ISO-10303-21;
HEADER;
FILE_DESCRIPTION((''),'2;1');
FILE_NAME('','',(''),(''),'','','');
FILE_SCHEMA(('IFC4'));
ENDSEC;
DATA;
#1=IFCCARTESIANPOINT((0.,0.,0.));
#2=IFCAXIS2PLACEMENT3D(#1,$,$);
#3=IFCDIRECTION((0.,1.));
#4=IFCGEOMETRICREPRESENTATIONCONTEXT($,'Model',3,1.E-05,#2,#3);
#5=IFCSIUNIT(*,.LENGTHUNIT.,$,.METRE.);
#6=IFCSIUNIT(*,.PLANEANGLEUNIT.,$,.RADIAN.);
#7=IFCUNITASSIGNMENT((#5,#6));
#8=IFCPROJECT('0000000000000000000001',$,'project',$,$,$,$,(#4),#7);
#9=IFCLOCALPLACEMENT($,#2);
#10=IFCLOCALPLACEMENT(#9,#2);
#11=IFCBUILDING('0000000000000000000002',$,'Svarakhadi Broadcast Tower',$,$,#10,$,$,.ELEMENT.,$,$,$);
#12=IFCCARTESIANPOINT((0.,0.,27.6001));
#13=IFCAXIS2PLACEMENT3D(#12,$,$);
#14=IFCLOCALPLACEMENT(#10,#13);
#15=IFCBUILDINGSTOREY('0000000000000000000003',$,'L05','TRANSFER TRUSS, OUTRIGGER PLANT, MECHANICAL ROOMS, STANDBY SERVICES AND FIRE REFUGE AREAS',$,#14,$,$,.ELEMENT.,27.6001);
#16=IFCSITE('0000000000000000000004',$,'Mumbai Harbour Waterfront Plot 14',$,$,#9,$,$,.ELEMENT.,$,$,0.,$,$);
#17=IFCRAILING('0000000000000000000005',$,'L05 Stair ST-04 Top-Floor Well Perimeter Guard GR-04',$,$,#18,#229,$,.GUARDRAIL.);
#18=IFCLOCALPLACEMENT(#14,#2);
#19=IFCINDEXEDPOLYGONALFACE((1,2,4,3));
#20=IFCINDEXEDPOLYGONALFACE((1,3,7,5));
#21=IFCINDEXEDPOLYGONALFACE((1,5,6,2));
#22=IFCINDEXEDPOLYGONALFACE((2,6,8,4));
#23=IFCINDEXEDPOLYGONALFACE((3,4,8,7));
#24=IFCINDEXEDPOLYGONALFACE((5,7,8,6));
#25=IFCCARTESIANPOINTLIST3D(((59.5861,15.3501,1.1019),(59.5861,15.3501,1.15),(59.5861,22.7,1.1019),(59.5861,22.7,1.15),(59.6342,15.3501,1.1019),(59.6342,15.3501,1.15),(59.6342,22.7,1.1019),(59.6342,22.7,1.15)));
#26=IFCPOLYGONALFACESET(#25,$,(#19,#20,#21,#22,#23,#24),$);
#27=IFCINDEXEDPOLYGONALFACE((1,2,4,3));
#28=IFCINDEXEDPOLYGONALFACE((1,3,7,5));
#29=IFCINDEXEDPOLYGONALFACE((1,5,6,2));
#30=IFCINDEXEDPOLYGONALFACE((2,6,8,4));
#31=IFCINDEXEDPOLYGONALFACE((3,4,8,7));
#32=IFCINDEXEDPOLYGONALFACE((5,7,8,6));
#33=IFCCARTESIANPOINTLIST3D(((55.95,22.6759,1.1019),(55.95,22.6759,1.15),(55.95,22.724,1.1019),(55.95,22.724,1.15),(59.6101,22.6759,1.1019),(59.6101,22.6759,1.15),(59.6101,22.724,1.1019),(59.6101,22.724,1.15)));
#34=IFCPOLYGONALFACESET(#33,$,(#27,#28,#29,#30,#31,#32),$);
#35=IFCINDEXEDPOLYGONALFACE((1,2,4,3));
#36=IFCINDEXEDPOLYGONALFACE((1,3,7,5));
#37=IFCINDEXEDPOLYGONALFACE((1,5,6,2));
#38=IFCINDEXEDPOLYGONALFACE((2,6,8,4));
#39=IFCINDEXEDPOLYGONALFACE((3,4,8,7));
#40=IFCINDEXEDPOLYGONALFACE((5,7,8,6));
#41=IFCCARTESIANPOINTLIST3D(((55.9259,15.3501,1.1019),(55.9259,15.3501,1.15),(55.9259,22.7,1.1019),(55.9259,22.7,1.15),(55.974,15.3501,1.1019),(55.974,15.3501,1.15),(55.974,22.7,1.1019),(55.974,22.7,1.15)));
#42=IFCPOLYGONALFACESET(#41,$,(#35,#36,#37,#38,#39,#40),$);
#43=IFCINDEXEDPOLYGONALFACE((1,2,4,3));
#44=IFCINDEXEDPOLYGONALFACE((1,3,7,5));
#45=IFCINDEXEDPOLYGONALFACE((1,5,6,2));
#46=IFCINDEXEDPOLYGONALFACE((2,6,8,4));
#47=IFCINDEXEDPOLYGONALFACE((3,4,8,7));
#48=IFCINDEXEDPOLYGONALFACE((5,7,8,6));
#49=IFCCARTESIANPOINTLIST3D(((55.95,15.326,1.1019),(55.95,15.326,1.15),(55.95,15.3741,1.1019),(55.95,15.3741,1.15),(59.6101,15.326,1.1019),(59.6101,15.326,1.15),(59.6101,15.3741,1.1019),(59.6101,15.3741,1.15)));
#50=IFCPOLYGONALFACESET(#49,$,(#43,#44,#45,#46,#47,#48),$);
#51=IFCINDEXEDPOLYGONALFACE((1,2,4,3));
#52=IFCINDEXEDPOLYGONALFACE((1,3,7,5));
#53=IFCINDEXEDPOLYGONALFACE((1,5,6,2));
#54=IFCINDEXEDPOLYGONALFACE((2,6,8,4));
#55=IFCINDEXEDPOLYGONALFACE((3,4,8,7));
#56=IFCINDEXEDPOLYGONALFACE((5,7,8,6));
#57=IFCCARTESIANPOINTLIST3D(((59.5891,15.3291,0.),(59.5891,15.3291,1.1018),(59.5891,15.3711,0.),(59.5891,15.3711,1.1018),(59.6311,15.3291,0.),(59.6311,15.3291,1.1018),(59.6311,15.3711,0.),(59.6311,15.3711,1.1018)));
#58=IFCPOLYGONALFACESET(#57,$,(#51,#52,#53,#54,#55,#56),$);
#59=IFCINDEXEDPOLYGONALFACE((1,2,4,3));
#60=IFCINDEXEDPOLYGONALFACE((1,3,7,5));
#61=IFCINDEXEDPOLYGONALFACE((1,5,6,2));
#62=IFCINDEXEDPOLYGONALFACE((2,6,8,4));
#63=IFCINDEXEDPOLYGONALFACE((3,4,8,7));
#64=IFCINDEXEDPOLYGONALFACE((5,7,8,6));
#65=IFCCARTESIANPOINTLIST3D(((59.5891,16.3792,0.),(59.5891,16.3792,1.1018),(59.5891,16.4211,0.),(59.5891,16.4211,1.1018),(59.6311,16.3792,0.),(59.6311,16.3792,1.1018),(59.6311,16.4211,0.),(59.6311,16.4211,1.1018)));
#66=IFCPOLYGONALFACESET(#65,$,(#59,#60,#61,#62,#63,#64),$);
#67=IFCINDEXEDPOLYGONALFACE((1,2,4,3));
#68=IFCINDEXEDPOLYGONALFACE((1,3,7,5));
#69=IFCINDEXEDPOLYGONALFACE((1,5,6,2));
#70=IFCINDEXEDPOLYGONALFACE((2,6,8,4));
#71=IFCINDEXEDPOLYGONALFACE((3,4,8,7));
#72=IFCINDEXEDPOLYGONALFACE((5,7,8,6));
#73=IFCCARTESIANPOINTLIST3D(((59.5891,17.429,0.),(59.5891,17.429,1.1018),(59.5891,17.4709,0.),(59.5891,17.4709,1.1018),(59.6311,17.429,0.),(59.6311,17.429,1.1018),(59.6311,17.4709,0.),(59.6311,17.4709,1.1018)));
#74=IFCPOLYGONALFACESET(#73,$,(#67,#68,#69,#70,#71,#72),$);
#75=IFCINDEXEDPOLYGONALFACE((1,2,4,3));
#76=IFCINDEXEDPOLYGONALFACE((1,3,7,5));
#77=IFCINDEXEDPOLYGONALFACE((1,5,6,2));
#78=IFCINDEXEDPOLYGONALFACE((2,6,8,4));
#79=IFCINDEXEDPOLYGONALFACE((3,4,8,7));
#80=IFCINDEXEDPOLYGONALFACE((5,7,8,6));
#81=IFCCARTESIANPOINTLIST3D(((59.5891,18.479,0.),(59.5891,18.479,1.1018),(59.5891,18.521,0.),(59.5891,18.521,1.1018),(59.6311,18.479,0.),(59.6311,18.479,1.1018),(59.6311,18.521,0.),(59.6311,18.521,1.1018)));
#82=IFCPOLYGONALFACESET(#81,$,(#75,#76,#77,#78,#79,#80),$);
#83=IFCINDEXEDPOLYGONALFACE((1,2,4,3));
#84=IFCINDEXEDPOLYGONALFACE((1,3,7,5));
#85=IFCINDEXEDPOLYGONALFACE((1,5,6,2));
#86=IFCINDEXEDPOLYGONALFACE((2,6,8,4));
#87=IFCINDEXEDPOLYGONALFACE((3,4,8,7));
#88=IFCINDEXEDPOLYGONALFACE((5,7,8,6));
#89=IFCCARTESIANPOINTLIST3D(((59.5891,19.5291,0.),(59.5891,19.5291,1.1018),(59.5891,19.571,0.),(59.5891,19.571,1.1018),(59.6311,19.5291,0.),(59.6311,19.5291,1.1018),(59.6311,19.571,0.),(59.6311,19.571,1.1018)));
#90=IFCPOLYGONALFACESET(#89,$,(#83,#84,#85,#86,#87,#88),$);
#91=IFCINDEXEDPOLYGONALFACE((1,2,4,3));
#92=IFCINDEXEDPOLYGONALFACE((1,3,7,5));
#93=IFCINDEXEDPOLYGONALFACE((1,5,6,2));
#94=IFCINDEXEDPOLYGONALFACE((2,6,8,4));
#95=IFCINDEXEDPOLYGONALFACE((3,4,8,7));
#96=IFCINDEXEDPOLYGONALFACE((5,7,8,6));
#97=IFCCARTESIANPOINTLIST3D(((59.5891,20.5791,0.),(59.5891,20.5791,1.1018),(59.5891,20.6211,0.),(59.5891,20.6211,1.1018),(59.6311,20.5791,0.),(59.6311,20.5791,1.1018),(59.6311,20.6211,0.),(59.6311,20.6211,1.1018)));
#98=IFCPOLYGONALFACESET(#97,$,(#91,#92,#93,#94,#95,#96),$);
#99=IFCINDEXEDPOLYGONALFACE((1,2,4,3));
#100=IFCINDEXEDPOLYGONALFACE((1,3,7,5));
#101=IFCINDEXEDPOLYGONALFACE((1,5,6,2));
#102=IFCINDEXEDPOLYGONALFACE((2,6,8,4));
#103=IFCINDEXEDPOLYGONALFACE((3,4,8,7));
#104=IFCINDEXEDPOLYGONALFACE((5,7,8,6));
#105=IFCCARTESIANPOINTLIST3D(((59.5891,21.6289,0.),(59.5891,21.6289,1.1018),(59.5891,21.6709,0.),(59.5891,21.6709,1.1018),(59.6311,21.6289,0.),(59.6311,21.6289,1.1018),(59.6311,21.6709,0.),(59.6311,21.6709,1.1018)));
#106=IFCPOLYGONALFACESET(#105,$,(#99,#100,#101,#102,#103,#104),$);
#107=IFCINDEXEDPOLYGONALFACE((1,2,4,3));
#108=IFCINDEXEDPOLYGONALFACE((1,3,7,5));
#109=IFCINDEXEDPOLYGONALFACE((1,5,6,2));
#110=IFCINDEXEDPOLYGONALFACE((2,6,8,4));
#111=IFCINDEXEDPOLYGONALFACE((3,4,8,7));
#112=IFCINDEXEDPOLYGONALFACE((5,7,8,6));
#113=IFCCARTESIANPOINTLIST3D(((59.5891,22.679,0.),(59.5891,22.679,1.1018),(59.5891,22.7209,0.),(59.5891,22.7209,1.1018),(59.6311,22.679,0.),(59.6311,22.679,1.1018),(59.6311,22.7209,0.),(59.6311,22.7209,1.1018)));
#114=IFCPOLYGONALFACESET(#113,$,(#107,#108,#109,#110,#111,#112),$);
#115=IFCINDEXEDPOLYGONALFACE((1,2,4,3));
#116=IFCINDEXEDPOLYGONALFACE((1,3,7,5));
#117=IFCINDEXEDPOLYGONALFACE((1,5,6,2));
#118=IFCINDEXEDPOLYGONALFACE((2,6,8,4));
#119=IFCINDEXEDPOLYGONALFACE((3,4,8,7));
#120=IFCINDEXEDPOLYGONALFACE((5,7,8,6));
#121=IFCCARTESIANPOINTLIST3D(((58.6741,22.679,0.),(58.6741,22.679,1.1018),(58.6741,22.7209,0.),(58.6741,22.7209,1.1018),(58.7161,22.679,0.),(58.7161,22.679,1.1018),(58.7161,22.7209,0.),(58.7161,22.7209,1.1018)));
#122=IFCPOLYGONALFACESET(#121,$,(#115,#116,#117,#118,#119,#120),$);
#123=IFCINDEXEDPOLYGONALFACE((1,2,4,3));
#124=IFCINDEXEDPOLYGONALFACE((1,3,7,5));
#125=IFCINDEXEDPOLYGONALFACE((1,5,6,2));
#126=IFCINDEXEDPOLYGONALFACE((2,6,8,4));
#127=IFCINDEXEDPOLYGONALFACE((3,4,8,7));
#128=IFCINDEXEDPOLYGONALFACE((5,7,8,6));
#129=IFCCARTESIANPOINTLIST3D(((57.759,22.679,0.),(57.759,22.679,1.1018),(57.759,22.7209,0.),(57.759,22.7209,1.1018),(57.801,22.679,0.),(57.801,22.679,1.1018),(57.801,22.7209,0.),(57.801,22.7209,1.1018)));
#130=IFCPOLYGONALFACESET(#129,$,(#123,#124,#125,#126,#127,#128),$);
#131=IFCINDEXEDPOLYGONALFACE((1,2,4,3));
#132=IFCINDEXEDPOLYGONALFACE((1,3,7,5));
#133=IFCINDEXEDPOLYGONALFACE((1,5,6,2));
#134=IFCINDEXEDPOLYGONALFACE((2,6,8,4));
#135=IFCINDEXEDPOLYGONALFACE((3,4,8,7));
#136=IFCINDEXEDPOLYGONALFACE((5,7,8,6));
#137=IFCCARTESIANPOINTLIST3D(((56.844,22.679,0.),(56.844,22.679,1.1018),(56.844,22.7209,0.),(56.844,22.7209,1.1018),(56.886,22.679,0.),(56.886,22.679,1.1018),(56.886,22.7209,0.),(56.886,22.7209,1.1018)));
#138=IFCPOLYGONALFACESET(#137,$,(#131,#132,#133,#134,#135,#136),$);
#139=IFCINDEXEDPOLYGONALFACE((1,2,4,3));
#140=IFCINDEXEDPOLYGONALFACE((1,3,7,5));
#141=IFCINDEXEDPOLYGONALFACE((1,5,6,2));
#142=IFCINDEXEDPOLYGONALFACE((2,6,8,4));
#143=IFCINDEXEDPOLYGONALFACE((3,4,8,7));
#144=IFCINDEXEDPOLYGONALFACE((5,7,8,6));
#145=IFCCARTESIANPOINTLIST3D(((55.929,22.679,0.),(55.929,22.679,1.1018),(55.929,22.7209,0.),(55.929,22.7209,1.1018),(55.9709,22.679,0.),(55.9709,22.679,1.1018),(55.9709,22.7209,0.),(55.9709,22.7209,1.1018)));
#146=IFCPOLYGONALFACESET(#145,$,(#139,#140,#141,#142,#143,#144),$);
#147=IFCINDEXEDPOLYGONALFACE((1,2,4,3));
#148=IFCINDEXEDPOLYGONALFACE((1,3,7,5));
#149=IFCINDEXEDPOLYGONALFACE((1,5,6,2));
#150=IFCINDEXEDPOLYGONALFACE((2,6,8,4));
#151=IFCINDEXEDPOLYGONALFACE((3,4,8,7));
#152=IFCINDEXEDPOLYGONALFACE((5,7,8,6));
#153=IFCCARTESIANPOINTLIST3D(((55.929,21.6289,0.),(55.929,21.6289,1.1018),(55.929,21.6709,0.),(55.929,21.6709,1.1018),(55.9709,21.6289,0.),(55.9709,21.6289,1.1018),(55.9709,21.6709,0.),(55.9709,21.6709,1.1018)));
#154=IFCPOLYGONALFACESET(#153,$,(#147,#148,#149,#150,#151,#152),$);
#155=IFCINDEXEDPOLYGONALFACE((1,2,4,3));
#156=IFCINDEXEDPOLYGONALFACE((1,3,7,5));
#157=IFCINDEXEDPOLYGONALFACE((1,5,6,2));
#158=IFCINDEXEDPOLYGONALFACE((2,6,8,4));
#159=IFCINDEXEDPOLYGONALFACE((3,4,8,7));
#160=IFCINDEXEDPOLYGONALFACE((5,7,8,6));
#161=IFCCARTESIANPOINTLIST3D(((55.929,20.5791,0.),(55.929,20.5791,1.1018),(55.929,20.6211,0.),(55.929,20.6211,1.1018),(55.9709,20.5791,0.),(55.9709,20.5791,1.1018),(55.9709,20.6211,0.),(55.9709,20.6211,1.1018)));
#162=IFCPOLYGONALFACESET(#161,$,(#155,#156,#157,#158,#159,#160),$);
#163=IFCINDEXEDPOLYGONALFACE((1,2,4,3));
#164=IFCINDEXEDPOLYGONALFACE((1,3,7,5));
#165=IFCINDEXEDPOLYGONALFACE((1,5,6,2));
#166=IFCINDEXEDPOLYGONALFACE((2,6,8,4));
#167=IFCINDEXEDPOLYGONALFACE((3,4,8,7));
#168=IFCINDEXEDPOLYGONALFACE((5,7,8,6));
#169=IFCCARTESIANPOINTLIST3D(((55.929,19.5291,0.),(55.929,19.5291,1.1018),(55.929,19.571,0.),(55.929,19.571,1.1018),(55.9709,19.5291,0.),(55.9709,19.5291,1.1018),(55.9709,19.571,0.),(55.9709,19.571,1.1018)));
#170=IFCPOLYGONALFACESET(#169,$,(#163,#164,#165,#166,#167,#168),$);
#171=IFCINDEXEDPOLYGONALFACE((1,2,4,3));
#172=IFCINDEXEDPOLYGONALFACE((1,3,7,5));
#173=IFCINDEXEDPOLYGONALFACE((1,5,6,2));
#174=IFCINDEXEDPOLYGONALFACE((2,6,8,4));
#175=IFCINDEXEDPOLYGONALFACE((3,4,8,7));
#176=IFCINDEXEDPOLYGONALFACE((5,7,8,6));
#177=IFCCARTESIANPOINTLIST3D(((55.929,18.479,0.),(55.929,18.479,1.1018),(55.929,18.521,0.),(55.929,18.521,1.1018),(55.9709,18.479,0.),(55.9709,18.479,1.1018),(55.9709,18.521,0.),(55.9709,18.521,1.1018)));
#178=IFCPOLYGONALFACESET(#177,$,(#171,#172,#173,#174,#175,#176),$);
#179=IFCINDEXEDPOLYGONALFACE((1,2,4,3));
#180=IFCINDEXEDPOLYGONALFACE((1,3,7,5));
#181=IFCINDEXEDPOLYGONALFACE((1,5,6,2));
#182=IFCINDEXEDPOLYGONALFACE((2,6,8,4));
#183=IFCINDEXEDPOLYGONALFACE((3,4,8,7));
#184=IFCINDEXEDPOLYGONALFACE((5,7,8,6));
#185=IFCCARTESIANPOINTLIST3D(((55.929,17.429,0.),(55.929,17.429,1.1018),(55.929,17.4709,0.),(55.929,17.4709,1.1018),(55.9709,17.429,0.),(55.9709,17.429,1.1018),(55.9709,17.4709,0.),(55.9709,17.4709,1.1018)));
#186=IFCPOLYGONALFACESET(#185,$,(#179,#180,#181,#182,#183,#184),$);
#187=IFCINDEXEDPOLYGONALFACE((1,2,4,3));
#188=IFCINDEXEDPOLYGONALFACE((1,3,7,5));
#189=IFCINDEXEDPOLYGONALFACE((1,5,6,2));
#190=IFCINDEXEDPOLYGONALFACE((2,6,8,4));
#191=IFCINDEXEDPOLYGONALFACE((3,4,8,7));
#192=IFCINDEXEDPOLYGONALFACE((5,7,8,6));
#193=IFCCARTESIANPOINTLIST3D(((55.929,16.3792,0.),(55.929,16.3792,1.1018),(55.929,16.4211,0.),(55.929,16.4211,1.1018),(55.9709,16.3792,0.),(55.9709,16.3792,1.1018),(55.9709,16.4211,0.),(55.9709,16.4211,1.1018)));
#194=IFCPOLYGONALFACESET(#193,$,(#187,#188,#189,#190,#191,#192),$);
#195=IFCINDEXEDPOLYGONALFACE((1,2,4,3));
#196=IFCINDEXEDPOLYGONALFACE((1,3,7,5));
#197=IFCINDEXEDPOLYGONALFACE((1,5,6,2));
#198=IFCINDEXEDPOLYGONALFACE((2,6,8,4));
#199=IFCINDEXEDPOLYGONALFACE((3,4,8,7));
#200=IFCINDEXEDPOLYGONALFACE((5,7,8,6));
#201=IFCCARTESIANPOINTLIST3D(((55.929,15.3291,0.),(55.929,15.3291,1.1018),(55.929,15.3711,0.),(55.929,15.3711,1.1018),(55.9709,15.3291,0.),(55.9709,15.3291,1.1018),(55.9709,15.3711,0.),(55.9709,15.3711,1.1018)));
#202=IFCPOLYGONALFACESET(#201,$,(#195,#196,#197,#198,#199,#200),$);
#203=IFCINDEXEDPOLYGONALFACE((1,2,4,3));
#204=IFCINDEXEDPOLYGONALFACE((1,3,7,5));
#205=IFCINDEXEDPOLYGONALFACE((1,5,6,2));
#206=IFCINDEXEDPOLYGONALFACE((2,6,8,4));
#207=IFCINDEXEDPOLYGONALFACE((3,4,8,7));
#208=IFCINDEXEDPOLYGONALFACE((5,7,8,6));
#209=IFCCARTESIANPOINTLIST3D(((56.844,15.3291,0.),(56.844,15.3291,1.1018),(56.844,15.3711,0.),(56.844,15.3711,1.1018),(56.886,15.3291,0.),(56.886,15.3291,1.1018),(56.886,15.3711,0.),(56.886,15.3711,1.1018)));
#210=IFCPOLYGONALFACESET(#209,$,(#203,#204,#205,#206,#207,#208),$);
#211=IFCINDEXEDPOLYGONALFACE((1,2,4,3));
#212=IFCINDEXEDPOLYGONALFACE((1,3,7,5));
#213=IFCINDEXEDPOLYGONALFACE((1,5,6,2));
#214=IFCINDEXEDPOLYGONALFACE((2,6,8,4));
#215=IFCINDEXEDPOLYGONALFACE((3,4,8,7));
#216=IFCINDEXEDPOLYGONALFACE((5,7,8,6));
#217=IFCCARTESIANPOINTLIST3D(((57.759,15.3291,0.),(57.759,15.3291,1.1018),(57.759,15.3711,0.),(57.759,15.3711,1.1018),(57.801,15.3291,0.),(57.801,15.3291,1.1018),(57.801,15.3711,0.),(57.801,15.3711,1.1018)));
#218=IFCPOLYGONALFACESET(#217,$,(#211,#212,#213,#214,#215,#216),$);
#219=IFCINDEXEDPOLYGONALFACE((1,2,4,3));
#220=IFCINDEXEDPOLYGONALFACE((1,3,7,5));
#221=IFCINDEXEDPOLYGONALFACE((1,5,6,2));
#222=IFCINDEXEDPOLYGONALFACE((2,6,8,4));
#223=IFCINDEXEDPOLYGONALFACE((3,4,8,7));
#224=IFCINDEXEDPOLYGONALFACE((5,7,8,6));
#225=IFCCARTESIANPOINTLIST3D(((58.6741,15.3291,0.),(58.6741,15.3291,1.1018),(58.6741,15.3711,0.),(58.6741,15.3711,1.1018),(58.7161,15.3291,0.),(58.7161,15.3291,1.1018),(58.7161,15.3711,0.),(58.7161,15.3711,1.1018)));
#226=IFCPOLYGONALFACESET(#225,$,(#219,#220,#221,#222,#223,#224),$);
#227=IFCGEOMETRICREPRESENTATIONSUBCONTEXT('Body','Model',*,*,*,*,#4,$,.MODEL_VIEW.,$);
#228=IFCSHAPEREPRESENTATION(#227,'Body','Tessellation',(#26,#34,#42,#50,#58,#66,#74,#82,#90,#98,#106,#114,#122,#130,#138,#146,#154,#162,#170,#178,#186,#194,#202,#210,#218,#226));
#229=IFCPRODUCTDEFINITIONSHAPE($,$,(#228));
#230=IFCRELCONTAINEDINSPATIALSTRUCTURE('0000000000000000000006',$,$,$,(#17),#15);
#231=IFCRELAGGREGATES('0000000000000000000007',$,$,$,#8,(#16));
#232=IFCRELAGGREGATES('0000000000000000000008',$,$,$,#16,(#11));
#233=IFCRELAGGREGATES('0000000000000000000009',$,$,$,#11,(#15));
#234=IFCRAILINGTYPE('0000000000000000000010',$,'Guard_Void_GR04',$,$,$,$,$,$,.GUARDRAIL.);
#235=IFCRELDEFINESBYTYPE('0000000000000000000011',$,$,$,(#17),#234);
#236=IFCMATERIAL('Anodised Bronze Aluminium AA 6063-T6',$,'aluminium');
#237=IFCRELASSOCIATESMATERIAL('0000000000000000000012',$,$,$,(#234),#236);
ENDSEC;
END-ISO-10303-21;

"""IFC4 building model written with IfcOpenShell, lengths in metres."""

from ifc_helpers import new_model, si_unit, direction, frame, origin, origin_2d, place, context, subcontext, project, spatial, rectangle, extrude, material, type_object, element, save


model = new_model("IFC4")

# Units and contexts
model_context = context("Model", 3, precision=1e-05, world=origin(), true_north=direction((0.0, 1.0)))
body_context = subcontext(model_context, "Body", "Model", "MODEL_VIEW")
ifc_project = project(units=[si_unit("LENGTHUNIT", "METRE"), si_unit("PLANEANGLEUNIT", "RADIAN")], contexts=[model_context])

# Site, building, storey
site_placement = place(None, origin())
site = spatial("IfcSite", under=ifc_project, at=site_placement, Name="Mumbai Harbour Waterfront Plot 14", CompositionType="ELEMENT", RefElevation=0.0)
building_placement = place(site_placement, origin())
building = spatial("IfcBuilding", under=site, at=building_placement, Name="Svarakhadi Broadcast Tower", CompositionType="ELEMENT")
storey_placement = place(building_placement, frame((0.0, 0.0, 27.6001)))
storey = spatial("IfcBuildingStorey", under=building, at=storey_placement, Name="L05", Description="TRANSFER TRUSS, OUTRIGGER PLANT, MECHANICAL ROOMS, STANDBY SERVICES AND FIRE REFUGE AREAS", CompositionType="ELEMENT", Elevation=27.6001)

# Shared definitions
ifc_material_1 = material(Name="Anodised Bronze Aluminium AA 6063-T6", Category="aluminium")

# Railing
railing_type_1 = type_object("IfcRailingType", Name="Guard_Void_GR04", PredefinedType="GUARDRAIL", material=ifc_material_1)
railing_1_placement = place(storey_placement, frame((59.6101, 15.3501, 0.0)))
element("IfcRailing", 1, at=railing_1_placement, inside=storey, type_object=railing_type_1, Name="L05 Stair ST-04 Top-Floor Well Perimeter Guard GR-04", PredefinedType="GUARDRAIL", context=body_context, shape_type="SweptSolid", body=[
    extrude(rectangle(XDim=0.0481, YDim=0.0481, at=origin_2d()), frame((0.0, 0.0, 1.126), z_axis=(0.0, 1.0, 0.0), x_axis=(-1.0, 0.0, 0.0)), (0.0, 0.0, 1.0), 7.3499),
    extrude(rectangle(XDim=0.0481, YDim=0.0481, at=origin_2d()), frame((0.0, 7.3499, 1.126), z_axis=(-1.0, 0.0, 0.0), x_axis=(0.0, -1.0, 0.0)), (0.0, 0.0, 1.0), 3.6602),
    extrude(rectangle(XDim=0.0481, YDim=0.0481, at=origin_2d()), frame((-3.6602, 7.3499, 1.126), z_axis=(0.0, -1.0, 0.0), x_axis=(1.0, 0.0, 0.0)), (0.0, 0.0, 1.0), 7.3499),
    extrude(rectangle(XDim=0.0481, YDim=0.0481, at=origin_2d()), frame((-3.6602, 0.0, 1.126), z_axis=(1.0, 0.0, 0.0), x_axis=(0.0, 1.0, 0.0)), (0.0, 0.0, 1.0), 3.6602),
    extrude(rectangle(XDim=0.042, YDim=0.042, at=origin_2d()), origin(), (0.0, 0.0, 1.0), 1.1018),
    extrude(rectangle(XDim=0.042, YDim=0.042, at=origin_2d()), frame((0.0, 1.05, 0.0)), (0.0, 0.0, 1.0), 1.1018),
    extrude(rectangle(XDim=0.042, YDim=0.042, at=origin_2d()), frame((0.0, 2.0999, 0.0)), (0.0, 0.0, 1.0), 1.1018),
    extrude(rectangle(XDim=0.042, YDim=0.042, at=origin_2d()), frame((0.0, 3.1499, 0.0)), (0.0, 0.0, 1.0), 1.1018),
    extrude(rectangle(XDim=0.042, YDim=0.042, at=origin_2d()), frame((0.0, 4.2, 0.0)), (0.0, 0.0, 1.0), 1.1018),
    extrude(rectangle(XDim=0.042, YDim=0.042, at=origin_2d()), frame((0.0, 5.25, 0.0)), (0.0, 0.0, 1.0), 1.1018),
    extrude(rectangle(XDim=0.042, YDim=0.042, at=origin_2d()), frame((0.0, 6.2998, 0.0)), (0.0, 0.0, 1.0), 1.1018),
    extrude(rectangle(XDim=0.042, YDim=0.042, at=origin_2d()), frame((0.0, 7.3499, 0.0)), (0.0, 0.0, 1.0), 1.1018),
    extrude(rectangle(XDim=0.042, YDim=0.042, at=origin_2d()), frame((-0.915, 7.3499, 0.0)), (0.0, 0.0, 1.0), 1.1018),
    extrude(rectangle(XDim=0.042, YDim=0.042, at=origin_2d()), frame((-1.8301, 7.3499, 0.0)), (0.0, 0.0, 1.0), 1.1018),
    extrude(rectangle(XDim=0.042, YDim=0.042, at=origin_2d()), frame((-2.7451, 7.3499, 0.0)), (0.0, 0.0, 1.0), 1.1018),
    extrude(rectangle(XDim=0.042, YDim=0.042, at=origin_2d()), frame((-3.6602, 7.3499, 0.0)), (0.0, 0.0, 1.0), 1.1018),
    extrude(rectangle(XDim=0.042, YDim=0.042, at=origin_2d()), frame((-3.6602, 6.2998, 0.0)), (0.0, 0.0, 1.0), 1.1018),
    extrude(rectangle(XDim=0.042, YDim=0.042, at=origin_2d()), frame((-3.6602, 5.25, 0.0)), (0.0, 0.0, 1.0), 1.1018),
    extrude(rectangle(XDim=0.042, YDim=0.042, at=origin_2d()), frame((-3.6602, 4.2, 0.0)), (0.0, 0.0, 1.0), 1.1018),
    extrude(rectangle(XDim=0.042, YDim=0.042, at=origin_2d()), frame((-3.6602, 3.1499, 0.0)), (0.0, 0.0, 1.0), 1.1018),
    extrude(rectangle(XDim=0.042, YDim=0.042, at=origin_2d()), frame((-3.6602, 2.0999, 0.0)), (0.0, 0.0, 1.0), 1.1018),
    extrude(rectangle(XDim=0.042, YDim=0.042, at=origin_2d()), frame((-3.6602, 1.05, 0.0)), (0.0, 0.0, 1.0), 1.1018),
    extrude(rectangle(XDim=0.042, YDim=0.042, at=origin_2d()), frame((-3.6602, 0.0, 0.0)), (0.0, 0.0, 1.0), 1.1018),
    extrude(rectangle(XDim=0.042, YDim=0.042, at=origin_2d()), frame((-2.7451, 0.0, 0.0)), (0.0, 0.0, 1.0), 1.1018),
    extrude(rectangle(XDim=0.042, YDim=0.042, at=origin_2d()), frame((-1.8301, 0.0, 0.0)), (0.0, 0.0, 1.0), 1.1018),
    extrude(rectangle(XDim=0.042, YDim=0.042, at=origin_2d()), frame((-0.915, 0.0, 0.0)), (0.0, 0.0, 1.0), 1.1018),
])

save(model, "model.ifc")
